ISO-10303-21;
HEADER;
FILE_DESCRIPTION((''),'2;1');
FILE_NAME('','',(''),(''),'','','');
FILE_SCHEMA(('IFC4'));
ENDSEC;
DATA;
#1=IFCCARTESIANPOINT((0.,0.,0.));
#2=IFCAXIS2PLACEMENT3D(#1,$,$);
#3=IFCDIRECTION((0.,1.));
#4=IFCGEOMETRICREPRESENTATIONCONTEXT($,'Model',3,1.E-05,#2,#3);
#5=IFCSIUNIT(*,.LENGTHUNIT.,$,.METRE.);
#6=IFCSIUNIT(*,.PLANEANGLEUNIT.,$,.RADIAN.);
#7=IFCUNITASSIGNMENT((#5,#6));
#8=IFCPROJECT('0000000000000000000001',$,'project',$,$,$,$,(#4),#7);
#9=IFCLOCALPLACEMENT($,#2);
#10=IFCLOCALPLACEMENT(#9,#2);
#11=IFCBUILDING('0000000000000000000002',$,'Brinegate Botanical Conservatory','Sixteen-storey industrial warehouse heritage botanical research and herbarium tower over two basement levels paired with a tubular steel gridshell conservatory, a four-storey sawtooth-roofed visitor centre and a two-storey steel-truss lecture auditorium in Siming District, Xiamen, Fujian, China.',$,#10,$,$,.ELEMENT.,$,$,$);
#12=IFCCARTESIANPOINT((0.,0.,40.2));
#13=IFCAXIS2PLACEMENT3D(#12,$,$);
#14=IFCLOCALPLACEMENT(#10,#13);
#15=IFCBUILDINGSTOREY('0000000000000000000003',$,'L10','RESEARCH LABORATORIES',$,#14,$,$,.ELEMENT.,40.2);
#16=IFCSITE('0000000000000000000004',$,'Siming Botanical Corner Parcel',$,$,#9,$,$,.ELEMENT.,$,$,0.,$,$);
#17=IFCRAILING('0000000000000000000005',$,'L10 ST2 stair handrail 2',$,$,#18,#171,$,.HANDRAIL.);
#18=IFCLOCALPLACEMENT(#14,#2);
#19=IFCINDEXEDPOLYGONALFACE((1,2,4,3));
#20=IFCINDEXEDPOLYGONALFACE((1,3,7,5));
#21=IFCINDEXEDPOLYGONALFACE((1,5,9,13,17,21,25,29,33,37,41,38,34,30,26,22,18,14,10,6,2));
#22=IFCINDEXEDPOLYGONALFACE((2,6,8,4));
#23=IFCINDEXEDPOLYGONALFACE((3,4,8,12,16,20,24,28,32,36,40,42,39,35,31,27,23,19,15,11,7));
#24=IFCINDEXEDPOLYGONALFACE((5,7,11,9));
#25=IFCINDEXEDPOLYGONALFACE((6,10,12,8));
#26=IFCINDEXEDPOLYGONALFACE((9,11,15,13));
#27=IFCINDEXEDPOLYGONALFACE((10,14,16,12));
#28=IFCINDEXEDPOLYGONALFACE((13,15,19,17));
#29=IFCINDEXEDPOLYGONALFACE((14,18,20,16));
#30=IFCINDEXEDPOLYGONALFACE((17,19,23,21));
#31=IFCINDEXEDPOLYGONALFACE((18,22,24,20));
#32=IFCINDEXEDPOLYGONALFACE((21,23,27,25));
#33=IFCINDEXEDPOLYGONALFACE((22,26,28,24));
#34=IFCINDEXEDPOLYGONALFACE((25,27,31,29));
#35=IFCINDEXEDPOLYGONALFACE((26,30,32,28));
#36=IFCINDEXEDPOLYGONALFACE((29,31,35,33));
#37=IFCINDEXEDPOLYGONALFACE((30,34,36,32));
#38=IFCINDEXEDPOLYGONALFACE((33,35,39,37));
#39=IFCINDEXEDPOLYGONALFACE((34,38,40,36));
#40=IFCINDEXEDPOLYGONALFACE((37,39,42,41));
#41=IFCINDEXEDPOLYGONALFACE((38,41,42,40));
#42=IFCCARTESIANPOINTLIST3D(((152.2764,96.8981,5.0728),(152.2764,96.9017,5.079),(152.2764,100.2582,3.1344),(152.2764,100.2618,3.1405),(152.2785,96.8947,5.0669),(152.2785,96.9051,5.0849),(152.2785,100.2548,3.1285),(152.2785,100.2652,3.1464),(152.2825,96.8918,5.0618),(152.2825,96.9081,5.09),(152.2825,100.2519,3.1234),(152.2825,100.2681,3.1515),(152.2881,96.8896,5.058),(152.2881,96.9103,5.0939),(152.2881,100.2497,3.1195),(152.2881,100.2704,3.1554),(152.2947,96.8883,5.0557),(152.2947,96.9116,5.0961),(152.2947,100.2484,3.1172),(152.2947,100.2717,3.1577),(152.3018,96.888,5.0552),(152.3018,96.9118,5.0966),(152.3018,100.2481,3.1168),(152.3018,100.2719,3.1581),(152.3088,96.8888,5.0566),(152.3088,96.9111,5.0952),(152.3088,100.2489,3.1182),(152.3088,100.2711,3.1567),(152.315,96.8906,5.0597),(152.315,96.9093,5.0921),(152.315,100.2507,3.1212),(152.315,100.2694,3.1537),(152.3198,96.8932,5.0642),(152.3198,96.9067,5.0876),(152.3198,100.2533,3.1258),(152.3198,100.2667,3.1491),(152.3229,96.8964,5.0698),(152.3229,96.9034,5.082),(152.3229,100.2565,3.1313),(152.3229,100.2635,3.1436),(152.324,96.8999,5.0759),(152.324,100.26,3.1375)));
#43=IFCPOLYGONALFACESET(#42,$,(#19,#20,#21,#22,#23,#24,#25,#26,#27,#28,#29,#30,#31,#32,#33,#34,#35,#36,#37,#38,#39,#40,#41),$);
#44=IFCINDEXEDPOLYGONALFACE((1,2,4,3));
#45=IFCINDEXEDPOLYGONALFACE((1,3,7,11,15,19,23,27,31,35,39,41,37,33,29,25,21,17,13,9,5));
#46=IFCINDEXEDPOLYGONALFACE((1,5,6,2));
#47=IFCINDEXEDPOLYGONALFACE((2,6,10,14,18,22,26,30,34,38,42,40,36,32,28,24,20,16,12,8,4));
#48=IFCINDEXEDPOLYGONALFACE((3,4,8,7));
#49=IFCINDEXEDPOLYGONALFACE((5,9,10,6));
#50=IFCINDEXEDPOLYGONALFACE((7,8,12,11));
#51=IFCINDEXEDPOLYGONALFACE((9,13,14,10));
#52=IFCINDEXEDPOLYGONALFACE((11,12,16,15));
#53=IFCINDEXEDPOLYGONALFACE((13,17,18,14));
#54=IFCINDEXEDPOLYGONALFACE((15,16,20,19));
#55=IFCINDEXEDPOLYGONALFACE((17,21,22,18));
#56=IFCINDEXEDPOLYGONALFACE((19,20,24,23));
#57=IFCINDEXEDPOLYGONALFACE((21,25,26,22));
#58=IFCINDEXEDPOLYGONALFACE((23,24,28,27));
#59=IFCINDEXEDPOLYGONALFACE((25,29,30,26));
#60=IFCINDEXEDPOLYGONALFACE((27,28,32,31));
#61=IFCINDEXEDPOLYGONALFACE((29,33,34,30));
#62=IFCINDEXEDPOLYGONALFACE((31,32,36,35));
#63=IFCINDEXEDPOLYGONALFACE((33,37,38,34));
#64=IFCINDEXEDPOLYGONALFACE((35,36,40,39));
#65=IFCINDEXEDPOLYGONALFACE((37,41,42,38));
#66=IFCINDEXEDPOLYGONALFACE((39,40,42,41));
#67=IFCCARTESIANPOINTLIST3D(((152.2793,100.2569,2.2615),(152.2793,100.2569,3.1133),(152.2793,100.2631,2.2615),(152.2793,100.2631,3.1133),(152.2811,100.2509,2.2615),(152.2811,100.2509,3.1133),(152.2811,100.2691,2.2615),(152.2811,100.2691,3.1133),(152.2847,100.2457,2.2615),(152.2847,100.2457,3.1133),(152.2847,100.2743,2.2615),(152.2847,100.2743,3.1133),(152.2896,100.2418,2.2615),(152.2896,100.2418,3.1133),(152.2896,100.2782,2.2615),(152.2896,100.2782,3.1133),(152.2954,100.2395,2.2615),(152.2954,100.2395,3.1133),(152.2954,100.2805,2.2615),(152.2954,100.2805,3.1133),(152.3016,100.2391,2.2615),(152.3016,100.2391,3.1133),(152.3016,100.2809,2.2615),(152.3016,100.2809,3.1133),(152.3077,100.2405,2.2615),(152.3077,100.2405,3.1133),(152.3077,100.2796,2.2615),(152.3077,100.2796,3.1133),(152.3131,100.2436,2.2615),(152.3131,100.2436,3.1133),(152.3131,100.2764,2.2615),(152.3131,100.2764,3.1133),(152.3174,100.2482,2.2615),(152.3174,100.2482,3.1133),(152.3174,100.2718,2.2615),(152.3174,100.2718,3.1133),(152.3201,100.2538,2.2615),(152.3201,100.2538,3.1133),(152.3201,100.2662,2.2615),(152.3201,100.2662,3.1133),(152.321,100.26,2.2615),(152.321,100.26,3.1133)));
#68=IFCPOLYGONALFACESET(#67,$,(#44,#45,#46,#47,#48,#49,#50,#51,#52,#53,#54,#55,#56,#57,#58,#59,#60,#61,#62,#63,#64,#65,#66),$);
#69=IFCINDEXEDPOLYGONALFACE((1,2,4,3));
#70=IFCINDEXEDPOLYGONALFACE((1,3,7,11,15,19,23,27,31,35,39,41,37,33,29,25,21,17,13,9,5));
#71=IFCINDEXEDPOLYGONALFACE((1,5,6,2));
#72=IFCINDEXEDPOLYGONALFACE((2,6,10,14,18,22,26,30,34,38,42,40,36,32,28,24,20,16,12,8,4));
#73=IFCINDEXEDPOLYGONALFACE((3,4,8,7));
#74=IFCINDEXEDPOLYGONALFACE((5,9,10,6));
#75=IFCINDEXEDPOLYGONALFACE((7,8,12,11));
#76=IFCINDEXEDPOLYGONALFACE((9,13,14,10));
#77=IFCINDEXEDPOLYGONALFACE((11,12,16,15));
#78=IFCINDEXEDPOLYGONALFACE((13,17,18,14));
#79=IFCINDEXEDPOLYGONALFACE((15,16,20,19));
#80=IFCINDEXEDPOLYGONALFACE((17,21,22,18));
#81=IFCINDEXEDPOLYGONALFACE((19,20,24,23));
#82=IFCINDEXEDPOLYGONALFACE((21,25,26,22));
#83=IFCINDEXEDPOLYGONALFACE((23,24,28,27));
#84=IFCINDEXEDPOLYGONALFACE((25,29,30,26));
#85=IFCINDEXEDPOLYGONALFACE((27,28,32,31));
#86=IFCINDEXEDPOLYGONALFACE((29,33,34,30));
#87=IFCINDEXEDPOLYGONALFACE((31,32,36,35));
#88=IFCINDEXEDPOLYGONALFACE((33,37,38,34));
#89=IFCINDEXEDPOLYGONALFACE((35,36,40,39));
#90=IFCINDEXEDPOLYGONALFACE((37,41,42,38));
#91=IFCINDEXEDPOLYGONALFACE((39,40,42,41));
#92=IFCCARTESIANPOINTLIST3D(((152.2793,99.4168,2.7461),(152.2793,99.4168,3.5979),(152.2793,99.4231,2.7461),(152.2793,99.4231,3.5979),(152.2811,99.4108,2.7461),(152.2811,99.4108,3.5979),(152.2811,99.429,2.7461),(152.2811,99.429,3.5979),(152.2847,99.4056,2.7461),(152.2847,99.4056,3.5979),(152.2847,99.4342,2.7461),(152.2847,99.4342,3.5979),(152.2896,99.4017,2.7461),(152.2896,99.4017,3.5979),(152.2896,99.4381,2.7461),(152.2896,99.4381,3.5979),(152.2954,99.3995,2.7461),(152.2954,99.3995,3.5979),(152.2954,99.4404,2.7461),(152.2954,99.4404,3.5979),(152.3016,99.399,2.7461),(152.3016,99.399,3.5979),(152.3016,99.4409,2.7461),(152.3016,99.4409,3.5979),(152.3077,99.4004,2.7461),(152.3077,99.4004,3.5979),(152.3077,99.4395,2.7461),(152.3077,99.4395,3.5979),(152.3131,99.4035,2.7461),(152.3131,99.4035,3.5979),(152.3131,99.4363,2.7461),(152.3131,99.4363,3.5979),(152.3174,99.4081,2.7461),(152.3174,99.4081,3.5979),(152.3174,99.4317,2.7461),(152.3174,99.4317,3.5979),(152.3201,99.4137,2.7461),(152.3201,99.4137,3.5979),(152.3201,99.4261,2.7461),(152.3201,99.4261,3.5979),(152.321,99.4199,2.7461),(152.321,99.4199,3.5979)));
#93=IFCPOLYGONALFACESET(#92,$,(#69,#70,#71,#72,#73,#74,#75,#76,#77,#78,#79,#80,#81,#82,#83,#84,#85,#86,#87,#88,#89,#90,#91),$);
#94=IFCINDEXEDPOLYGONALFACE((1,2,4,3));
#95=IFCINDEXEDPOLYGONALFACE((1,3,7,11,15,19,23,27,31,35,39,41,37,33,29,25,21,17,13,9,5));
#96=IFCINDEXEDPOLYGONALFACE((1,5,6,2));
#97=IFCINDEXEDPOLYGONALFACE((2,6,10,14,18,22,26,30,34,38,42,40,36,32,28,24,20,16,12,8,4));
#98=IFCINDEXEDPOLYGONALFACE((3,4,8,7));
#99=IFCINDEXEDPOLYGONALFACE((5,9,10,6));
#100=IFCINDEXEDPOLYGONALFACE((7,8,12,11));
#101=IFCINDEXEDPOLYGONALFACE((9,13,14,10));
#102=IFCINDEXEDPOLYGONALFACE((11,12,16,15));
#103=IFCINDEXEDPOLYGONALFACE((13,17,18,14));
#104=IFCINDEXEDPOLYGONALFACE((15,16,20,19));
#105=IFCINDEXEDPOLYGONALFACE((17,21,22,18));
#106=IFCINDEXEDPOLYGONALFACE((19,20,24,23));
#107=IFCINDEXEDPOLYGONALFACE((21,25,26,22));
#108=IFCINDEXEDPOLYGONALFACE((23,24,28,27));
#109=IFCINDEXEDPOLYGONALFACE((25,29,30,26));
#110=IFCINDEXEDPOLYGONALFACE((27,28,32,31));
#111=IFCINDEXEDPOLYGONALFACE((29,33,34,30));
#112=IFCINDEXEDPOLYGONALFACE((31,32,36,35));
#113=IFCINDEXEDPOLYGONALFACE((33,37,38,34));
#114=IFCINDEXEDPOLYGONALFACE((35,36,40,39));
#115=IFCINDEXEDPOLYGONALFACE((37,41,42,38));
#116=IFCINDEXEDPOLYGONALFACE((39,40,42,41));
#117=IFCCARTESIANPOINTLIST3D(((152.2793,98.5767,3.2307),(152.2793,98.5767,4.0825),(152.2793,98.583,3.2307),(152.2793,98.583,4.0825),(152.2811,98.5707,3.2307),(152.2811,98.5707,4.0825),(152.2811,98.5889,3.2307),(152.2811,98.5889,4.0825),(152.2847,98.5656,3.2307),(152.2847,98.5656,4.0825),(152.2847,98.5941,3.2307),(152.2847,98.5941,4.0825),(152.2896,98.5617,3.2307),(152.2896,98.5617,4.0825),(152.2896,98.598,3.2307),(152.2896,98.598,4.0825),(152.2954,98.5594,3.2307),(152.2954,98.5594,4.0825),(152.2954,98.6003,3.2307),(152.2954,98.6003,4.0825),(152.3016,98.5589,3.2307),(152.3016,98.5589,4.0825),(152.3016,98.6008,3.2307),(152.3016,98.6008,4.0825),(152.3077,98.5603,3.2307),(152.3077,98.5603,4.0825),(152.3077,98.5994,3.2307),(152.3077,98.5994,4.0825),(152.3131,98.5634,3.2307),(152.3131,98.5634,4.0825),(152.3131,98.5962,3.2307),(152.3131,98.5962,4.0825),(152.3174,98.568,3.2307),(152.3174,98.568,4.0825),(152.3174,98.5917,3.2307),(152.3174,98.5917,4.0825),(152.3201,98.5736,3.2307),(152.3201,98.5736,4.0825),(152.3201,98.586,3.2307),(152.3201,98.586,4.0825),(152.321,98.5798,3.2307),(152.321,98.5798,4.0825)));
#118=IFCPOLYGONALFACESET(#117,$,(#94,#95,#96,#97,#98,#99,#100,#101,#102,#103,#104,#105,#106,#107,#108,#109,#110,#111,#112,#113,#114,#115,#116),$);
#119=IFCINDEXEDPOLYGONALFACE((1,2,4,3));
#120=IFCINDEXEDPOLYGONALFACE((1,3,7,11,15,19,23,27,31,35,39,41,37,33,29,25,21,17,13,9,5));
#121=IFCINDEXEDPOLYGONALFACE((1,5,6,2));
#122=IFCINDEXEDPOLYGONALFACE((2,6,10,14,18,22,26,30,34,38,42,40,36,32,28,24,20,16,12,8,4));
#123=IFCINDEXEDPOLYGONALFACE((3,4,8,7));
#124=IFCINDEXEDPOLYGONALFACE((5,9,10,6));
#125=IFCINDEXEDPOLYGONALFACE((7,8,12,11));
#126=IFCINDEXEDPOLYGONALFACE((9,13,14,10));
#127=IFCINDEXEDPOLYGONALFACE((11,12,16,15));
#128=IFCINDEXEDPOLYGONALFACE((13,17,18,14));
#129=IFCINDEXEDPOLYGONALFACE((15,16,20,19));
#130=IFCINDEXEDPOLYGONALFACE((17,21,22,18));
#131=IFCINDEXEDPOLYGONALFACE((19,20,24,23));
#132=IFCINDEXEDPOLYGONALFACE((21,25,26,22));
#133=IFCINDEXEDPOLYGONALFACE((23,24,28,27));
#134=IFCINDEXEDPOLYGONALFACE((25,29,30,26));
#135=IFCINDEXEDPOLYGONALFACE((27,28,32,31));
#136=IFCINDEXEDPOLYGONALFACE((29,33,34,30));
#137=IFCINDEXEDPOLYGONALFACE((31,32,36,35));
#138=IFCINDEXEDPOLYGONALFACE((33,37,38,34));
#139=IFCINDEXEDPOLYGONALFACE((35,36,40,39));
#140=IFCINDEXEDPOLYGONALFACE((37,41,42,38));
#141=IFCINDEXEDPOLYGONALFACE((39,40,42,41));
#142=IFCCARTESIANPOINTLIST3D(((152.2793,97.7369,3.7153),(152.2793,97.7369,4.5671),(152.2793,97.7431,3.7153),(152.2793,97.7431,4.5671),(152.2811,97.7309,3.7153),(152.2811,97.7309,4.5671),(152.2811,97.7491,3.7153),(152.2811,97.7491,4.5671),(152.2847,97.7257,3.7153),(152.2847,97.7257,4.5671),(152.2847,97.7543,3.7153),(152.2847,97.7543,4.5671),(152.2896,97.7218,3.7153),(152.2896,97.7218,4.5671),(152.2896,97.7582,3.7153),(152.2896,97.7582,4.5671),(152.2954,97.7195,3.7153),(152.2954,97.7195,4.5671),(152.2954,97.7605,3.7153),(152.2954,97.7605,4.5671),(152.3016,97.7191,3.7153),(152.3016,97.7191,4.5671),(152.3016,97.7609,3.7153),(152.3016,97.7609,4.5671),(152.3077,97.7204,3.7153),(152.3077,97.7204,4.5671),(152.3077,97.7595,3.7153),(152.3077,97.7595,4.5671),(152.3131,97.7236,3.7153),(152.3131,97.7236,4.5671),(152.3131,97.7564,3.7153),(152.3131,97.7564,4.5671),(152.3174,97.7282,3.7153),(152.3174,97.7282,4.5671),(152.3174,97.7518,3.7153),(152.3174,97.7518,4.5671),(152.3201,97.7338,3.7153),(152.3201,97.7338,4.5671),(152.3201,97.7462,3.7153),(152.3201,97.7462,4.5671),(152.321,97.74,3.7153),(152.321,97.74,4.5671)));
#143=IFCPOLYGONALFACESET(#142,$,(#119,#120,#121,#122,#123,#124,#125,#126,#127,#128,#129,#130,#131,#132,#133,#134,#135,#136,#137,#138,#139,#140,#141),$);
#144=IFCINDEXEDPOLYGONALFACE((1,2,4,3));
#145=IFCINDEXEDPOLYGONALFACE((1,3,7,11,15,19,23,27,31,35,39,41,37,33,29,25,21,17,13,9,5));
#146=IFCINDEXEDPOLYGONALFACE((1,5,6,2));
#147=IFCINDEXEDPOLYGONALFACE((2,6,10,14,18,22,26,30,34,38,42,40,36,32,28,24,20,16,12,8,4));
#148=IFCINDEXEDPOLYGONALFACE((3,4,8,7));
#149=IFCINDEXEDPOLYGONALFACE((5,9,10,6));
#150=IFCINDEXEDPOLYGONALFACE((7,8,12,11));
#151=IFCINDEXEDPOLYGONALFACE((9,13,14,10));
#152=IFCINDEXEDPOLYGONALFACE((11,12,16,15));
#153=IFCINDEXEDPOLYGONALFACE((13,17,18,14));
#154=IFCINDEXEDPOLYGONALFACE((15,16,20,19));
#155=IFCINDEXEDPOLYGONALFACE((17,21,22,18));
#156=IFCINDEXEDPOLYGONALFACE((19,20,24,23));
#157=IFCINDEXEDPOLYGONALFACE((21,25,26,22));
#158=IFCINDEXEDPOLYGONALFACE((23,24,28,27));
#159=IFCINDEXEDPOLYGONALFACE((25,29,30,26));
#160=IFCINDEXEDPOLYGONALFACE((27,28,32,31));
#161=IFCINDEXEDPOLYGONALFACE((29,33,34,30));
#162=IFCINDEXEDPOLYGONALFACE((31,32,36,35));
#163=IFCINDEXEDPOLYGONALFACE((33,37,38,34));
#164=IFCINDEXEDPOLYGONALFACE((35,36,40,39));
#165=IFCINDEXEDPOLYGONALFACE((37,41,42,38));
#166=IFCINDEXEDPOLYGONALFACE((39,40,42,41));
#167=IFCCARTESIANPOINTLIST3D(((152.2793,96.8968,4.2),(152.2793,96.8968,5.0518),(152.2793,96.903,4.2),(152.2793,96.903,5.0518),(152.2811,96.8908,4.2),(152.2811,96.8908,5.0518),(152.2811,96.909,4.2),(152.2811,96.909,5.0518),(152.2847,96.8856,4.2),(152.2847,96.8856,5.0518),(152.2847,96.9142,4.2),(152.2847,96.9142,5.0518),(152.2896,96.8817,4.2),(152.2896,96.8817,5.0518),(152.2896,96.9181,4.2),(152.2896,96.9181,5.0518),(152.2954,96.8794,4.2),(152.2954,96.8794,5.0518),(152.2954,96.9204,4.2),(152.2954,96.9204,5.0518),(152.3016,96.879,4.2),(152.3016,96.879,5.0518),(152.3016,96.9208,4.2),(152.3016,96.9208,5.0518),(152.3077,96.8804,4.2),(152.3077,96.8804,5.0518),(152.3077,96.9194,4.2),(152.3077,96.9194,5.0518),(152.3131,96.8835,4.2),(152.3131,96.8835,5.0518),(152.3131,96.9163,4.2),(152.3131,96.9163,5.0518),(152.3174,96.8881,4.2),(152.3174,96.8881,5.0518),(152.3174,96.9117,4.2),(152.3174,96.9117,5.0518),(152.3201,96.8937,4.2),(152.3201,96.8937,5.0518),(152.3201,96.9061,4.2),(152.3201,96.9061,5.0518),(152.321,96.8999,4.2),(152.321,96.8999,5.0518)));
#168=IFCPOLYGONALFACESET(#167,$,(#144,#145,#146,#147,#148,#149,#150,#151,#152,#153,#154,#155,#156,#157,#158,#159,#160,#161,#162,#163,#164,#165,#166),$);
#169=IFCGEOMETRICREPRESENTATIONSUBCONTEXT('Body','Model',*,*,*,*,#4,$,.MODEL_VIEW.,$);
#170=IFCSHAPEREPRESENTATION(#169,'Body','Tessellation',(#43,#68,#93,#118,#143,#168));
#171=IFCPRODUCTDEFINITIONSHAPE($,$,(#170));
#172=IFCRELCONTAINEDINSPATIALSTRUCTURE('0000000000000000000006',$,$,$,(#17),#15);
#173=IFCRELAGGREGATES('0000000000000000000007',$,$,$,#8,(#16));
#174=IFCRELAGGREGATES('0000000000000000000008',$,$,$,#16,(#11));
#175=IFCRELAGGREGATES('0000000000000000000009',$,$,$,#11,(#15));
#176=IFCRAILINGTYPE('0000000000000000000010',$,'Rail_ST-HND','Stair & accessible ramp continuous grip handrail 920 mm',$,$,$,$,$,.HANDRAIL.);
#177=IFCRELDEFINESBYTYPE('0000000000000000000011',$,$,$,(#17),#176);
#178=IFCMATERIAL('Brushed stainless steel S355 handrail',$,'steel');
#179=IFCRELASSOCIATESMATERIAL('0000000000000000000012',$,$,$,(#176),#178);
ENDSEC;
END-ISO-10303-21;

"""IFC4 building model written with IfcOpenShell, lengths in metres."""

from ifc_helpers import new_model, si_unit, direction, frame, origin, origin_2d, place, context, subcontext, project, spatial, circle, extrude, material, type_object, element, save


model = new_model("IFC4")

# Units and contexts
model_context = context("Model", 3, precision=1e-05, world=origin(), true_north=direction((0.0, 1.0)))
body_context = subcontext(model_context, "Body", "Model", "MODEL_VIEW")
ifc_project = project(units=[si_unit("LENGTHUNIT", "METRE"), si_unit("PLANEANGLEUNIT", "RADIAN")], contexts=[model_context])

# Site, building, storey
site_placement = place(None, origin())
site = spatial("IfcSite", under=ifc_project, at=site_placement, Name="Siming Botanical Corner Parcel", CompositionType="ELEMENT", RefElevation=0.0)
building_placement = place(site_placement, origin())
building = spatial("IfcBuilding", under=site, at=building_placement, Name="Brinegate Botanical Conservatory", Description="Sixteen-storey industrial warehouse heritage botanical research and herbarium tower over two basement levels paired with a tubular steel gridshell conservatory, a four-storey sawtooth-roofed visitor centre and a two-storey steel-truss lecture auditorium in Siming District, Xiamen, Fujian, China.", CompositionType="ELEMENT")
storey_placement = place(building_placement, frame((0.0, 0.0, 40.2)))
storey = spatial("IfcBuildingStorey", under=building, at=storey_placement, Name="L10", Description="RESEARCH LABORATORIES", CompositionType="ELEMENT", Elevation=40.2)

# Railing
ifc_material_1 = material(Name="Brushed stainless steel S355 handrail", Category="steel")
railing_type_1 = type_object("IfcRailingType", Name="Rail_ST-HND", Description="Stair & accessible ramp continuous grip handrail 920 mm", PredefinedType="HANDRAIL", material=ifc_material_1)
railing_1_placement = place(storey_placement, frame((152.3, 100.26, 2.2615)))
element("IfcRailing", 1, at=railing_1_placement, inside=storey, type_object=railing_type_1, Name="L10 ST2 stair handrail 2", PredefinedType="HANDRAIL", context=body_context, shape_type="SweptSolid", body=[
    extrude(circle(Radius=0.0239, at=origin_2d()), frame((0.0, 0.0, 0.876), z_axis=(0.0, -0.866191, 0.499713), x_axis=(1.0, 0.0, 0.0)), (0.0, 0.0, 1.0), 3.8792),
    extrude(circle(Radius=0.021, at=origin_2d()), origin(), (0.0, 0.0, 1.0), 0.8518),
    extrude(circle(Radius=0.021, at=origin_2d()), frame((0.0, -0.8401, 0.4846)), (0.0, 0.0, 1.0), 0.8518),
    extrude(circle(Radius=0.021, at=origin_2d()), frame((0.0, -1.6802, 0.9692)), (0.0, 0.0, 1.0), 0.8518),
    extrude(circle(Radius=0.021, at=origin_2d()), frame((0.0, -2.52, 1.4539)), (0.0, 0.0, 1.0), 0.8518),
    extrude(circle(Radius=0.021, at=origin_2d()), frame((0.0, -3.3601, 1.9385)), (0.0, 0.0, 1.0), 0.8518),
])

save(model, "model.ifc")
